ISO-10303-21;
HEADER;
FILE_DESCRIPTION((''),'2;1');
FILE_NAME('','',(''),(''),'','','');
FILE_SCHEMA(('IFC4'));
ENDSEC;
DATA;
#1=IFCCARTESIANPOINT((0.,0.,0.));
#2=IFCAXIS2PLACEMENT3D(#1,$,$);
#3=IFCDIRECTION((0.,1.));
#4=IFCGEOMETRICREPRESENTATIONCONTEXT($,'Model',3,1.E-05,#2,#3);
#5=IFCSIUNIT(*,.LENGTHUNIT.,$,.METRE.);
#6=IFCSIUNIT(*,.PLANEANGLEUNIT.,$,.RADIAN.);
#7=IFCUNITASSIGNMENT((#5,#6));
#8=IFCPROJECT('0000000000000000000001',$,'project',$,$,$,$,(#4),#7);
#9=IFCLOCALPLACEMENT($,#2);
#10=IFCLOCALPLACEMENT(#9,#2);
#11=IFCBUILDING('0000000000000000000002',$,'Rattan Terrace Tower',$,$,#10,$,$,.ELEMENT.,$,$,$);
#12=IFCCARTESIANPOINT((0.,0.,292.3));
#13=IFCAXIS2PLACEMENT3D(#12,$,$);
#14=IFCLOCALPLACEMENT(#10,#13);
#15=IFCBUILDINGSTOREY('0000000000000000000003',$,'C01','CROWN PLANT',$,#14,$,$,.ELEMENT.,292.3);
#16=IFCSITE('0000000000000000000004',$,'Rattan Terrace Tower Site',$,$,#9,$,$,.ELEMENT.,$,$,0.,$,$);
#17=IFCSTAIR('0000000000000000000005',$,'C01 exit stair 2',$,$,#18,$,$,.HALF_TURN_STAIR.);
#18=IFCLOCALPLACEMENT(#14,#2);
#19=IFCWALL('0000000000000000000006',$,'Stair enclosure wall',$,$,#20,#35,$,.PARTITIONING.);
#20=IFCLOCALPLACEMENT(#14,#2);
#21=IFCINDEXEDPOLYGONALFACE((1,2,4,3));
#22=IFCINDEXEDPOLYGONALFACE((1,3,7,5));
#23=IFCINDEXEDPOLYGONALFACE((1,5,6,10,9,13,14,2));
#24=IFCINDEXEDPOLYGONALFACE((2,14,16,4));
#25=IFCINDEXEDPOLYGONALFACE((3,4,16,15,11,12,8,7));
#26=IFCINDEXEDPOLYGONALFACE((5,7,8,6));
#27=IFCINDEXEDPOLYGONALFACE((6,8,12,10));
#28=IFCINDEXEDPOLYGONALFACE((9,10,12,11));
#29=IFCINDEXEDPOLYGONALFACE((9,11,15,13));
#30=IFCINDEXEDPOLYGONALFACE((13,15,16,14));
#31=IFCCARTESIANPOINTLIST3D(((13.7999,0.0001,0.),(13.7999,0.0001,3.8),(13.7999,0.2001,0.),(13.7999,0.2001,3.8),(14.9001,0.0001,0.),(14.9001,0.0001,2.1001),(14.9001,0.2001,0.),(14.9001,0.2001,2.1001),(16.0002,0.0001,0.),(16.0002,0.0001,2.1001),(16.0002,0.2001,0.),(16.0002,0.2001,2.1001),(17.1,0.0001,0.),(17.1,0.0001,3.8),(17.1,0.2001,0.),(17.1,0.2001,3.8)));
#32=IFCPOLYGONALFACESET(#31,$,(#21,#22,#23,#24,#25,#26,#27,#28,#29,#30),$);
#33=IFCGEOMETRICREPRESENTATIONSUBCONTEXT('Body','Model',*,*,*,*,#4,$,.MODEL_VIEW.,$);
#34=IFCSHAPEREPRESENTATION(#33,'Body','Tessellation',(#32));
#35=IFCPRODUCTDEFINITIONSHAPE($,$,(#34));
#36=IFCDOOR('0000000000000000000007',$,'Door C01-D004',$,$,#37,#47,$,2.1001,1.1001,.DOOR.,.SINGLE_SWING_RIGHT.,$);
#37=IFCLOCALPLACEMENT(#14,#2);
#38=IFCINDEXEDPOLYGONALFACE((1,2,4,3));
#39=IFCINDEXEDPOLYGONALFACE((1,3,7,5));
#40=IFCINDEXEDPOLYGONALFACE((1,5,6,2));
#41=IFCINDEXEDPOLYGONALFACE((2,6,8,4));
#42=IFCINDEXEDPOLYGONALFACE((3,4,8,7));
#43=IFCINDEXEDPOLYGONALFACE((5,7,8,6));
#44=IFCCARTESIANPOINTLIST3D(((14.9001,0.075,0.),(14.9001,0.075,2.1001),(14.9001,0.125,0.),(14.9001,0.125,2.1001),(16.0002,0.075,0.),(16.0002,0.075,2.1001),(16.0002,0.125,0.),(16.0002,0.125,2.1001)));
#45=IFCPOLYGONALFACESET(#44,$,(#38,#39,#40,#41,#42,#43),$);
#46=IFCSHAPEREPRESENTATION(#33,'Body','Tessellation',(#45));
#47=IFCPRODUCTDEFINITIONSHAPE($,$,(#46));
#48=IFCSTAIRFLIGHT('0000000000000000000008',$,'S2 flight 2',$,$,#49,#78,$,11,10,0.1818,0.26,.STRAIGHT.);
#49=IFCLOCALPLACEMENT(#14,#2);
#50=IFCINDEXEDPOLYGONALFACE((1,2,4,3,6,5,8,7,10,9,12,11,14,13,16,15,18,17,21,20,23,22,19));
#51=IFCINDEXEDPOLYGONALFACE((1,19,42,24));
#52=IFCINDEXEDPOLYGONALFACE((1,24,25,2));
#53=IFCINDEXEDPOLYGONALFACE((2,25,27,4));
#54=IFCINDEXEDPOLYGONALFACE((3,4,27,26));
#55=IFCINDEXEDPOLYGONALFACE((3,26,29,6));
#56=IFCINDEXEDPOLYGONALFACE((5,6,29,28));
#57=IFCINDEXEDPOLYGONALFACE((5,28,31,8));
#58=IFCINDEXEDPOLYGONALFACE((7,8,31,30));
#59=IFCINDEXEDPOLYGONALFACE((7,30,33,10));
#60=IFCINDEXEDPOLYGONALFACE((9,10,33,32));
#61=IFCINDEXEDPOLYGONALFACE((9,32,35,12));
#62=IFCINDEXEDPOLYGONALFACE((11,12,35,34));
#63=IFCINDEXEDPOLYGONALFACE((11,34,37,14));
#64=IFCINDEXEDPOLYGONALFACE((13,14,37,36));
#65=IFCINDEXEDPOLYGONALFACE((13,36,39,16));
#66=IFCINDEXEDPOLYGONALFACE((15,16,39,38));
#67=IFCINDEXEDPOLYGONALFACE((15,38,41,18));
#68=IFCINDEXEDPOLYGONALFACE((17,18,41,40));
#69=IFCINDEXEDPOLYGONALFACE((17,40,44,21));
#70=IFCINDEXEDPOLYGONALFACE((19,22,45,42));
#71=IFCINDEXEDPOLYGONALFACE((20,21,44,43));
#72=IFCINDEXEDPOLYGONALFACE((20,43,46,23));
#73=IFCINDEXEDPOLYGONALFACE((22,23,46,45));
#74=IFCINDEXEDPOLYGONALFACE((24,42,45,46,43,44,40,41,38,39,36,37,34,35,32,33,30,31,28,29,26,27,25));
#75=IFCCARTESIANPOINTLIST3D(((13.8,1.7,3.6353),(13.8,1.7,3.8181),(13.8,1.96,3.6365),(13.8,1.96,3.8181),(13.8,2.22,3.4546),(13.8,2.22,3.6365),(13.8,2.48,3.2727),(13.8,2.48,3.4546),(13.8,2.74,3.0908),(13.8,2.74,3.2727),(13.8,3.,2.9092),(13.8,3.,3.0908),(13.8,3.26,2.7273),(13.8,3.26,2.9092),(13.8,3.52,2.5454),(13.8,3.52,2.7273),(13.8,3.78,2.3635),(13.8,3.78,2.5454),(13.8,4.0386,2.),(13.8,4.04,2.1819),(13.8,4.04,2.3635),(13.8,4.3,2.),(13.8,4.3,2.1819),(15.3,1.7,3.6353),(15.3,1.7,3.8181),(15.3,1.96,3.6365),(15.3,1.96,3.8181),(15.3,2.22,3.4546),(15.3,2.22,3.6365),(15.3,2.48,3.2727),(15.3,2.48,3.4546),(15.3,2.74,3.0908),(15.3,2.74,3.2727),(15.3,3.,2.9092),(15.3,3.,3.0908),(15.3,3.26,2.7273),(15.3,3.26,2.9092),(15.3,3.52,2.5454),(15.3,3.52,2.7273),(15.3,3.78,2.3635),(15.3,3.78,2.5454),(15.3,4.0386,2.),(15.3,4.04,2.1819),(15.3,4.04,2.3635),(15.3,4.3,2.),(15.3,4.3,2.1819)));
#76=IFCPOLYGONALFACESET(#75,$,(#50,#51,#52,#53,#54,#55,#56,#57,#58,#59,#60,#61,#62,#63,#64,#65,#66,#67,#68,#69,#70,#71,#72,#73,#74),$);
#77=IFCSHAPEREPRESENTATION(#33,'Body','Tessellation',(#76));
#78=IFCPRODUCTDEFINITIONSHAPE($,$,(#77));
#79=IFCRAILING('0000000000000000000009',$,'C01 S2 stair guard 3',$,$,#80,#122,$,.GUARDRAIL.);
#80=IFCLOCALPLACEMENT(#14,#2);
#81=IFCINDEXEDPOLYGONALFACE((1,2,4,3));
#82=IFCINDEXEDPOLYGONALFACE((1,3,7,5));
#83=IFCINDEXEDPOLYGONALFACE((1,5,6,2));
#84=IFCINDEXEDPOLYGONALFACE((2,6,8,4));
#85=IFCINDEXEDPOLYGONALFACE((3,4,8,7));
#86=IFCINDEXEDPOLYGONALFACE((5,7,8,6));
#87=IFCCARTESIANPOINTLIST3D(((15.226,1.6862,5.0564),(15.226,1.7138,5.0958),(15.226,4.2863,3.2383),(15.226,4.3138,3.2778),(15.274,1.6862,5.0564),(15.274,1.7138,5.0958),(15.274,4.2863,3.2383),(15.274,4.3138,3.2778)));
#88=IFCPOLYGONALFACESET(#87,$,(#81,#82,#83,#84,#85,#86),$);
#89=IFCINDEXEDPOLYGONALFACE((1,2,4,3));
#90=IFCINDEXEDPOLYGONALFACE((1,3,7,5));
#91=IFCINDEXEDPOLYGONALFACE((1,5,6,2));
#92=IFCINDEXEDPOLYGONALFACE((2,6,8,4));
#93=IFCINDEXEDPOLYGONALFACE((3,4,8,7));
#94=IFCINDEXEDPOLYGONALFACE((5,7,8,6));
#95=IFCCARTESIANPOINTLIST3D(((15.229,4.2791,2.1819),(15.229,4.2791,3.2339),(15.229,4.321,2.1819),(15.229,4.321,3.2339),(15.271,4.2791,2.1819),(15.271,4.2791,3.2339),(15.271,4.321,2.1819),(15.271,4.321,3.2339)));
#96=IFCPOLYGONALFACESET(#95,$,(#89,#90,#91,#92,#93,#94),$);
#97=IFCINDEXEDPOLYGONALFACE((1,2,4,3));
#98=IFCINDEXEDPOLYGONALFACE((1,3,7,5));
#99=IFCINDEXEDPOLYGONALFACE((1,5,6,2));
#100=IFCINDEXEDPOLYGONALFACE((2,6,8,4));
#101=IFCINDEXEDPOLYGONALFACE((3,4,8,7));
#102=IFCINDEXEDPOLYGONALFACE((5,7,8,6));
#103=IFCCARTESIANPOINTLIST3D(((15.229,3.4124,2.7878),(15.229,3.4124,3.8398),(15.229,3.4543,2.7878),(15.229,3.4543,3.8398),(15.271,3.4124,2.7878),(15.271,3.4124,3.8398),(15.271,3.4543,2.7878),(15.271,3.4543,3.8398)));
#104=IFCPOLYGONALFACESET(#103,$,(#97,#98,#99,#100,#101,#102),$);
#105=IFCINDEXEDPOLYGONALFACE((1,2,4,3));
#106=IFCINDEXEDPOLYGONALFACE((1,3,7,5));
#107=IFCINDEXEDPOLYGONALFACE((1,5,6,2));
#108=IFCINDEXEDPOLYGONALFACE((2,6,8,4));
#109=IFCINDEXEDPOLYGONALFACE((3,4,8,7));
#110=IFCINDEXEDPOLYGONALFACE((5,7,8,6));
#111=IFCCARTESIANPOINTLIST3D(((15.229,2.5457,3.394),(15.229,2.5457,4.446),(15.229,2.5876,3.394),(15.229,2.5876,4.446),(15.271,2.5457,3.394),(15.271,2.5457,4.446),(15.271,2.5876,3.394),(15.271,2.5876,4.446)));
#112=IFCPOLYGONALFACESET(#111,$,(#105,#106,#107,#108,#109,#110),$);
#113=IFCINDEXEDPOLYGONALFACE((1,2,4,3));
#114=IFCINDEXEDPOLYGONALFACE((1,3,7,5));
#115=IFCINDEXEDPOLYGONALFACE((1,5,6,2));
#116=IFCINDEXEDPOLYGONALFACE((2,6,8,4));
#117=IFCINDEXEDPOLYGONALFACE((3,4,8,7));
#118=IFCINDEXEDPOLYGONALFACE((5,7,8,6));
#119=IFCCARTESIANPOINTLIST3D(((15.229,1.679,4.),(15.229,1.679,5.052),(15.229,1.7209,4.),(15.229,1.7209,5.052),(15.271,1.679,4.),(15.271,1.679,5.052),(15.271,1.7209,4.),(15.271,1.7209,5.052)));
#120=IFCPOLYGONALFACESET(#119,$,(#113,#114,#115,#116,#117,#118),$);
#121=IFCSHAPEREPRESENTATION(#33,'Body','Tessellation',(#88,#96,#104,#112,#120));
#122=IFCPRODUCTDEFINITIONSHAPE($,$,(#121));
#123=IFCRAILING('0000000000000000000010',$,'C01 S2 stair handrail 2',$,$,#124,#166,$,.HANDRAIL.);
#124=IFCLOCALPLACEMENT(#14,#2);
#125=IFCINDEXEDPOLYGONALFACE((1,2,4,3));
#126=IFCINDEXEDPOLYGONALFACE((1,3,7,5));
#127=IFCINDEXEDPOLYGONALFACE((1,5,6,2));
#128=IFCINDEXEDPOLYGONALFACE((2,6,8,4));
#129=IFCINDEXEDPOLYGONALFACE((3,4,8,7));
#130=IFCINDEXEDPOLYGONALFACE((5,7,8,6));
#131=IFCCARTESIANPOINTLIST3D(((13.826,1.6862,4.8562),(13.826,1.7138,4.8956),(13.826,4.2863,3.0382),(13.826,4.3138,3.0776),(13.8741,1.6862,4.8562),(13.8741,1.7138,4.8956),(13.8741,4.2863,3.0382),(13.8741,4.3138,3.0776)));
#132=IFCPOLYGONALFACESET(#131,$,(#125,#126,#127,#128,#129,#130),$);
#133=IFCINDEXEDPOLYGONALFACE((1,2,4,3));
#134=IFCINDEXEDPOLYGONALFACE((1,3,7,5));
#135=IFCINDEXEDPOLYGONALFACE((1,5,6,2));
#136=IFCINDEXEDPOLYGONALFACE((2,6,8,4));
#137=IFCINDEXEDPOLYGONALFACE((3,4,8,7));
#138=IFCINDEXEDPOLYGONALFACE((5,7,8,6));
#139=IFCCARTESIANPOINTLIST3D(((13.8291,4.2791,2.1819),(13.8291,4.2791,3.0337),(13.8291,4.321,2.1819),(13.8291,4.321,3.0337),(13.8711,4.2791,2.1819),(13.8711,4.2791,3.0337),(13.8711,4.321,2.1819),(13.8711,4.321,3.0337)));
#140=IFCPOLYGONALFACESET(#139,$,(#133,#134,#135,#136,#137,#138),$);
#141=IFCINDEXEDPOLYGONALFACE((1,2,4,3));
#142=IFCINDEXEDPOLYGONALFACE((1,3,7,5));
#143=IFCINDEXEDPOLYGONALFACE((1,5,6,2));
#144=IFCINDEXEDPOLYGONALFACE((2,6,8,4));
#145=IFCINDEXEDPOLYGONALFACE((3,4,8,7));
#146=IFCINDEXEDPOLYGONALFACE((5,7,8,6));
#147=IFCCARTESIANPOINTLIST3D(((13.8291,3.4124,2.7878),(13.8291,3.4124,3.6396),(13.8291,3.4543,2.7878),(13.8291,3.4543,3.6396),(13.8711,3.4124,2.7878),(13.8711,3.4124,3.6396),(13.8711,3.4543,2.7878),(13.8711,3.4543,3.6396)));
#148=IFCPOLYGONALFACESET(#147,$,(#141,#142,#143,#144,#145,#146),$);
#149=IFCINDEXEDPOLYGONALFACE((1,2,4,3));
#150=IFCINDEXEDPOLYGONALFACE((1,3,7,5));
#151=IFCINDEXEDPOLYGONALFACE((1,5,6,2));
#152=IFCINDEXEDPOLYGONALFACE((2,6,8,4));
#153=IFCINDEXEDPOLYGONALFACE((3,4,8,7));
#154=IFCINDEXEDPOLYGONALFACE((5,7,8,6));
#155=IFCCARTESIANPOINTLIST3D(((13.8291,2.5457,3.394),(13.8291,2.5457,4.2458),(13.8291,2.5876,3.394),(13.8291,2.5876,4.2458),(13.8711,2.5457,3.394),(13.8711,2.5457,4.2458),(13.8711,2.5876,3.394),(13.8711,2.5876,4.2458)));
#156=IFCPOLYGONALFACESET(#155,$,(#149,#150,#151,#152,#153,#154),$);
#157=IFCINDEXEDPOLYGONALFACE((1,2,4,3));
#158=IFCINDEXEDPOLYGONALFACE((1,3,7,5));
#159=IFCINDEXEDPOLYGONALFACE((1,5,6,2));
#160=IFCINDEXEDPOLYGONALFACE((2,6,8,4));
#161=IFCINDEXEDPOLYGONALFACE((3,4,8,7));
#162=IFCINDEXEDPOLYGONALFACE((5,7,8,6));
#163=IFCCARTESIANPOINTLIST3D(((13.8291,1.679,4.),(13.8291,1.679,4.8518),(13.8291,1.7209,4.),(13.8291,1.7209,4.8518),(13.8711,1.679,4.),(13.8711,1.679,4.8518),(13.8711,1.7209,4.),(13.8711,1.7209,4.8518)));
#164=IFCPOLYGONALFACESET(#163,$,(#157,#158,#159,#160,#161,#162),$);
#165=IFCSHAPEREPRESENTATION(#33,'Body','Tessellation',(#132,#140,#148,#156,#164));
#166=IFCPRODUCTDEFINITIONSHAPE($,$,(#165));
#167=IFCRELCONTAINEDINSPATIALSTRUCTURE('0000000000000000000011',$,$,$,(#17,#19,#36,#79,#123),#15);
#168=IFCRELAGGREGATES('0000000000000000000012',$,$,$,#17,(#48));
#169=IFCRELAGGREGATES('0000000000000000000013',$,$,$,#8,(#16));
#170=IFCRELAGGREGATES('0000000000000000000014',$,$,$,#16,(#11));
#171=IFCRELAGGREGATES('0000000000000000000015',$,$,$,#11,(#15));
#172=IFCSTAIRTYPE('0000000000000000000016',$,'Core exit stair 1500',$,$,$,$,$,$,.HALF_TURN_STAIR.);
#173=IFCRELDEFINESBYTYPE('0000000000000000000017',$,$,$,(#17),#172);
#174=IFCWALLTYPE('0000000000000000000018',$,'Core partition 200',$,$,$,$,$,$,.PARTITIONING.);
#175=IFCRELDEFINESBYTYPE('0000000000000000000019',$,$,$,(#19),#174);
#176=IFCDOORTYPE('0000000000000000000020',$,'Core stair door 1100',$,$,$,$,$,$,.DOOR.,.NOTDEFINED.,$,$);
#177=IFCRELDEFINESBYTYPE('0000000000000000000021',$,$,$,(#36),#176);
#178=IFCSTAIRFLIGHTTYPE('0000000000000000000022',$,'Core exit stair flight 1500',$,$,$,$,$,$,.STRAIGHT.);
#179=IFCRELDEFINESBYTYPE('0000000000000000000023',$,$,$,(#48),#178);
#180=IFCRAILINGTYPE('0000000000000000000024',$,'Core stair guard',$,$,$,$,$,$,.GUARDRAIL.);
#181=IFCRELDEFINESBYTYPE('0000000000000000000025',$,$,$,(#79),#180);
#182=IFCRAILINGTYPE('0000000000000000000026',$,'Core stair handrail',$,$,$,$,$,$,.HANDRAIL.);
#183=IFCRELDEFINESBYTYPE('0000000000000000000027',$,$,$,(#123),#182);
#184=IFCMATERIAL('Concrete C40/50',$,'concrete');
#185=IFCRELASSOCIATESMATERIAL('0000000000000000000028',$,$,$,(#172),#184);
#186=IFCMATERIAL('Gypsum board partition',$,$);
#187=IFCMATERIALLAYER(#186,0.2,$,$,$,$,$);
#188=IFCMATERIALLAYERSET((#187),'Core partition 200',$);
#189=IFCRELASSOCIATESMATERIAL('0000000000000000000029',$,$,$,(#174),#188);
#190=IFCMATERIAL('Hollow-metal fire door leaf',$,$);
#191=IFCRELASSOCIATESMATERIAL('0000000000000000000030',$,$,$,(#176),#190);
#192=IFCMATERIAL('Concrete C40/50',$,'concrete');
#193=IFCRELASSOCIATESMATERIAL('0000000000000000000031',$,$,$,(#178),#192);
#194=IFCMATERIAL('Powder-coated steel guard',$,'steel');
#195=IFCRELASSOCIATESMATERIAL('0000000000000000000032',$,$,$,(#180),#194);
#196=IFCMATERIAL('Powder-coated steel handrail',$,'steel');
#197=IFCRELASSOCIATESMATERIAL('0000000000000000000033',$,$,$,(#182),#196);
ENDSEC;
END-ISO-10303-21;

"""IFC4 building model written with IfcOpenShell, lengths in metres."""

from ifc_helpers import new_model, si_unit, direction, frame, frame_2d, origin, origin_2d, place, context, subcontext, project, spatial, polyline, rectangle, outline, extrude, material, layer, layer_set, type_object, element, fill, aggregate, save


model = new_model("IFC4")

# Units and contexts
model_context = context("Model", 3, precision=1e-05, world=origin(), true_north=direction((0.0, 1.0)))
body_context = subcontext(model_context, "Body", "Model", "MODEL_VIEW")
ifc_project = project(units=[si_unit("LENGTHUNIT", "METRE"), si_unit("PLANEANGLEUNIT", "RADIAN")], contexts=[model_context])

# Site, building, storey
site_placement = place(None, origin())
site = spatial("IfcSite", under=ifc_project, at=site_placement, Name="Rattan Terrace Tower Site", CompositionType="ELEMENT", RefElevation=0.0)
building_placement = place(site_placement, origin())
building = spatial("IfcBuilding", under=site, at=building_placement, Name="Rattan Terrace Tower", CompositionType="ELEMENT")
storey_placement = place(building_placement, frame((0.0, 0.0, 292.3)))
storey = spatial("IfcBuildingStorey", under=building, at=storey_placement, Name="C01", Description="CROWN PLANT", CompositionType="ELEMENT", Elevation=292.3)

# Stair
ifc_material_1 = material(Name="Concrete C40/50", Category="concrete")
stair_type = type_object("IfcStairType", Name="Core exit stair 1500", PredefinedType="HALF_TURN_STAIR", material=ifc_material_1)
stair_1_placement = place(storey_placement, origin())
stair_1 = element("IfcStair", 1, at=stair_1_placement, inside=storey, type_object=stair_type, Name="C01 exit stair 2", PredefinedType="HALF_TURN_STAIR")

# Wall, opening, door
ifc_material_2 = material(Name="Gypsum board partition")
ifc_layer_1 = layer(ifc_material_2, 0.2)
ifc_layer_set_1 = layer_set([ifc_layer_1], Name="Core partition 200")
wall_type_1 = type_object("IfcWallType", Name="Core partition 200", PredefinedType="PARTITIONING", material=ifc_layer_set_1)
wall_placement = place(storey_placement, frame((13.8, 0.1001, 0.0), z_axis=(0.0, 0.0, 1.0), x_axis=(1.0, 0.0, 0.0)))
wall = element("IfcWall", 2, at=wall_placement, inside=storey, type_object=wall_type_1, Name="Stair enclosure wall", PredefinedType="PARTITIONING", context=body_context, shape_type="SweptSolid", body=[
    extrude(rectangle(XDim=3.3, YDim=0.2, at=frame_2d((1.6499, 0.0))), origin(), (0.0, 0.0, 1.0), 3.8),
])
opening_placement = place(wall_placement, frame((1.1001, 0.0, 0.0)))
opening = element("IfcOpeningElement", 3, at=opening_placement, cuts=wall, PredefinedType="OPENING", context=body_context, shape_type="SweptSolid", body=[
    extrude(rectangle(XDim=1.1001, YDim=2.1001, at=frame_2d((0.55, 1.05))), frame((0.0, 0.1106, 0.0), z_axis=(0.0, -1.0, 0.0), x_axis=(1.0, 0.0, 0.0)), (0.0, 0.0, 1.0), 0.2209),
])
ifc_material_3 = material(Name="Hollow-metal fire door leaf")
door_type = type_object("IfcDoorType", Name="Core stair door 1100", OperationType="NOTDEFINED", PredefinedType="DOOR", material=ifc_material_3)
door_placement = place(opening_placement, origin())
door = element("IfcDoor", 4, at=door_placement, inside=storey, type_object=door_type, Name="Door C01-D004", OperationType="SINGLE_SWING_RIGHT", OverallHeight=2.1001, OverallWidth=1.1001, PredefinedType="DOOR", context=body_context, shape_type="SweptSolid", body=[
    extrude(rectangle(XDim=1.1001, YDim=2.1001, at=frame_2d((0.55, 1.05))), frame((0.0, 0.0249, 0.0), z_axis=(0.0, -1.0, 0.0), x_axis=(1.0, 0.0, 0.0)), (0.0, 0.0, 1.0), 0.05),
])
fill(opening, door)

# Stair flight
ifc_material_4 = material(Name="Concrete C40/50", Category="concrete")
stair_flight_type = type_object("IfcStairFlightType", Name="Core exit stair flight 1500", PredefinedType="STRAIGHT", material=ifc_material_4)
stair_flight_placement = place(storey_placement, frame((14.55, 4.3, 2.0), z_axis=(0.0, 0.0, 1.0), x_axis=(0.0, -1.0, 0.0)))
stair_flight = element("IfcStairFlight", 5, at=stair_flight_placement, type_object=stair_flight_type, Name="S2 flight 2", NumberOfRisers=11, NumberOfTreads=10, PredefinedType="STRAIGHT", RiserHeight=0.1818, TreadLength=0.26, context=body_context, shape_type="SweptSolid", body=[
    extrude(outline(polyline([(0.0, 0.0), (0.0, 0.1819), (0.26, 0.1819), (0.26, 0.3635), (0.52, 0.3635), (0.52, 0.5454), (0.78, 0.5454), (0.78, 0.7273), (1.04, 0.7273), (1.04, 0.9092), (1.3, 0.9092), (1.3, 1.0908), (1.5601, 1.0908), (1.5601, 1.2727), (1.8201, 1.2727), (1.8201, 1.4546), (2.0801, 1.4546), (2.0801, 1.6365), (2.3401, 1.6365), (2.3401, 1.8181), (2.6001, 1.8181), (2.6001, 2.0), (2.6001, 1.6353), (0.2615, 0.0), (0.0, 0.0)])), frame((0.0, 0.75, 0.0), z_axis=(0.0, -1.0, 0.0), x_axis=(1.0, 0.0, 0.0)), (0.0, 0.0, 1.0), 1.5),
])
aggregate(stair_1, [stair_flight])

# Railings
ifc_material_5 = material(Name="Powder-coated steel guard", Category="steel")
railing_type_1 = type_object("IfcRailingType", Name="Core stair guard", PredefinedType="GUARDRAIL", material=ifc_material_5)
railing_1_placement = place(storey_placement, frame((15.25, 4.3, 2.1819)))
element("IfcRailing", 6, at=railing_1_placement, inside=storey, type_object=railing_type_1, Name="C01 S2 stair guard 3", PredefinedType="GUARDRAIL", context=body_context, shape_type="SweptSolid", body=[
    extrude(rectangle(XDim=0.0481, YDim=0.0481, at=origin_2d()), frame((0.0, 0.0, 1.0762), z_axis=(0.0, -0.819521, 0.573049), x_axis=(1.0, 0.0, 0.0)), (0.0, 0.0, 1.0), 3.1726),
    extrude(rectangle(XDim=0.042, YDim=0.042, at=origin_2d()), origin(), (0.0, 0.0, 1.0), 1.052),
    extrude(rectangle(XDim=0.042, YDim=0.042, at=origin_2d()), frame((0.0, -0.8667, 0.606)), (0.0, 0.0, 1.0), 1.052),
    extrude(rectangle(XDim=0.042, YDim=0.042, at=origin_2d()), frame((0.0, -1.7334, 1.2122)), (0.0, 0.0, 1.0), 1.052),
    extrude(rectangle(XDim=0.042, YDim=0.042, at=origin_2d()), frame((0.0, -2.6001, 1.8181)), (0.0, 0.0, 1.0), 1.052),
])
ifc_material_6 = material(Name="Powder-coated steel handrail", Category="steel")
railing_type_2 = type_object("IfcRailingType", Name="Core stair handrail", PredefinedType="HANDRAIL", material=ifc_material_6)
railing_2_placement = place(storey_placement, frame((13.8501, 4.3, 2.1819)))
element("IfcRailing", 7, at=railing_2_placement, inside=storey, type_object=railing_type_2, Name="C01 S2 stair handrail 2", PredefinedType="HANDRAIL", context=body_context, shape_type="SweptSolid", body=[
    extrude(rectangle(XDim=0.0481, YDim=0.0481, at=origin_2d()), frame((0.0, 0.0, 0.876), z_axis=(0.0, -0.819521, 0.573049), x_axis=(1.0, 0.0, 0.0)), (0.0, 0.0, 1.0), 3.1726),
    extrude(rectangle(XDim=0.042, YDim=0.042, at=origin_2d()), origin(), (0.0, 0.0, 1.0), 0.8518),
    extrude(rectangle(XDim=0.042, YDim=0.042, at=origin_2d()), frame((0.0, -0.8667, 0.606)), (0.0, 0.0, 1.0), 0.8518),
    extrude(rectangle(XDim=0.042, YDim=0.042, at=origin_2d()), frame((0.0, -1.7334, 1.2122)), (0.0, 0.0, 1.0), 0.8518),
    extrude(rectangle(XDim=0.042, YDim=0.042, at=origin_2d()), frame((0.0, -2.6001, 1.8181)), (0.0, 0.0, 1.0), 0.8518),
])

save(model, "model.ifc")
